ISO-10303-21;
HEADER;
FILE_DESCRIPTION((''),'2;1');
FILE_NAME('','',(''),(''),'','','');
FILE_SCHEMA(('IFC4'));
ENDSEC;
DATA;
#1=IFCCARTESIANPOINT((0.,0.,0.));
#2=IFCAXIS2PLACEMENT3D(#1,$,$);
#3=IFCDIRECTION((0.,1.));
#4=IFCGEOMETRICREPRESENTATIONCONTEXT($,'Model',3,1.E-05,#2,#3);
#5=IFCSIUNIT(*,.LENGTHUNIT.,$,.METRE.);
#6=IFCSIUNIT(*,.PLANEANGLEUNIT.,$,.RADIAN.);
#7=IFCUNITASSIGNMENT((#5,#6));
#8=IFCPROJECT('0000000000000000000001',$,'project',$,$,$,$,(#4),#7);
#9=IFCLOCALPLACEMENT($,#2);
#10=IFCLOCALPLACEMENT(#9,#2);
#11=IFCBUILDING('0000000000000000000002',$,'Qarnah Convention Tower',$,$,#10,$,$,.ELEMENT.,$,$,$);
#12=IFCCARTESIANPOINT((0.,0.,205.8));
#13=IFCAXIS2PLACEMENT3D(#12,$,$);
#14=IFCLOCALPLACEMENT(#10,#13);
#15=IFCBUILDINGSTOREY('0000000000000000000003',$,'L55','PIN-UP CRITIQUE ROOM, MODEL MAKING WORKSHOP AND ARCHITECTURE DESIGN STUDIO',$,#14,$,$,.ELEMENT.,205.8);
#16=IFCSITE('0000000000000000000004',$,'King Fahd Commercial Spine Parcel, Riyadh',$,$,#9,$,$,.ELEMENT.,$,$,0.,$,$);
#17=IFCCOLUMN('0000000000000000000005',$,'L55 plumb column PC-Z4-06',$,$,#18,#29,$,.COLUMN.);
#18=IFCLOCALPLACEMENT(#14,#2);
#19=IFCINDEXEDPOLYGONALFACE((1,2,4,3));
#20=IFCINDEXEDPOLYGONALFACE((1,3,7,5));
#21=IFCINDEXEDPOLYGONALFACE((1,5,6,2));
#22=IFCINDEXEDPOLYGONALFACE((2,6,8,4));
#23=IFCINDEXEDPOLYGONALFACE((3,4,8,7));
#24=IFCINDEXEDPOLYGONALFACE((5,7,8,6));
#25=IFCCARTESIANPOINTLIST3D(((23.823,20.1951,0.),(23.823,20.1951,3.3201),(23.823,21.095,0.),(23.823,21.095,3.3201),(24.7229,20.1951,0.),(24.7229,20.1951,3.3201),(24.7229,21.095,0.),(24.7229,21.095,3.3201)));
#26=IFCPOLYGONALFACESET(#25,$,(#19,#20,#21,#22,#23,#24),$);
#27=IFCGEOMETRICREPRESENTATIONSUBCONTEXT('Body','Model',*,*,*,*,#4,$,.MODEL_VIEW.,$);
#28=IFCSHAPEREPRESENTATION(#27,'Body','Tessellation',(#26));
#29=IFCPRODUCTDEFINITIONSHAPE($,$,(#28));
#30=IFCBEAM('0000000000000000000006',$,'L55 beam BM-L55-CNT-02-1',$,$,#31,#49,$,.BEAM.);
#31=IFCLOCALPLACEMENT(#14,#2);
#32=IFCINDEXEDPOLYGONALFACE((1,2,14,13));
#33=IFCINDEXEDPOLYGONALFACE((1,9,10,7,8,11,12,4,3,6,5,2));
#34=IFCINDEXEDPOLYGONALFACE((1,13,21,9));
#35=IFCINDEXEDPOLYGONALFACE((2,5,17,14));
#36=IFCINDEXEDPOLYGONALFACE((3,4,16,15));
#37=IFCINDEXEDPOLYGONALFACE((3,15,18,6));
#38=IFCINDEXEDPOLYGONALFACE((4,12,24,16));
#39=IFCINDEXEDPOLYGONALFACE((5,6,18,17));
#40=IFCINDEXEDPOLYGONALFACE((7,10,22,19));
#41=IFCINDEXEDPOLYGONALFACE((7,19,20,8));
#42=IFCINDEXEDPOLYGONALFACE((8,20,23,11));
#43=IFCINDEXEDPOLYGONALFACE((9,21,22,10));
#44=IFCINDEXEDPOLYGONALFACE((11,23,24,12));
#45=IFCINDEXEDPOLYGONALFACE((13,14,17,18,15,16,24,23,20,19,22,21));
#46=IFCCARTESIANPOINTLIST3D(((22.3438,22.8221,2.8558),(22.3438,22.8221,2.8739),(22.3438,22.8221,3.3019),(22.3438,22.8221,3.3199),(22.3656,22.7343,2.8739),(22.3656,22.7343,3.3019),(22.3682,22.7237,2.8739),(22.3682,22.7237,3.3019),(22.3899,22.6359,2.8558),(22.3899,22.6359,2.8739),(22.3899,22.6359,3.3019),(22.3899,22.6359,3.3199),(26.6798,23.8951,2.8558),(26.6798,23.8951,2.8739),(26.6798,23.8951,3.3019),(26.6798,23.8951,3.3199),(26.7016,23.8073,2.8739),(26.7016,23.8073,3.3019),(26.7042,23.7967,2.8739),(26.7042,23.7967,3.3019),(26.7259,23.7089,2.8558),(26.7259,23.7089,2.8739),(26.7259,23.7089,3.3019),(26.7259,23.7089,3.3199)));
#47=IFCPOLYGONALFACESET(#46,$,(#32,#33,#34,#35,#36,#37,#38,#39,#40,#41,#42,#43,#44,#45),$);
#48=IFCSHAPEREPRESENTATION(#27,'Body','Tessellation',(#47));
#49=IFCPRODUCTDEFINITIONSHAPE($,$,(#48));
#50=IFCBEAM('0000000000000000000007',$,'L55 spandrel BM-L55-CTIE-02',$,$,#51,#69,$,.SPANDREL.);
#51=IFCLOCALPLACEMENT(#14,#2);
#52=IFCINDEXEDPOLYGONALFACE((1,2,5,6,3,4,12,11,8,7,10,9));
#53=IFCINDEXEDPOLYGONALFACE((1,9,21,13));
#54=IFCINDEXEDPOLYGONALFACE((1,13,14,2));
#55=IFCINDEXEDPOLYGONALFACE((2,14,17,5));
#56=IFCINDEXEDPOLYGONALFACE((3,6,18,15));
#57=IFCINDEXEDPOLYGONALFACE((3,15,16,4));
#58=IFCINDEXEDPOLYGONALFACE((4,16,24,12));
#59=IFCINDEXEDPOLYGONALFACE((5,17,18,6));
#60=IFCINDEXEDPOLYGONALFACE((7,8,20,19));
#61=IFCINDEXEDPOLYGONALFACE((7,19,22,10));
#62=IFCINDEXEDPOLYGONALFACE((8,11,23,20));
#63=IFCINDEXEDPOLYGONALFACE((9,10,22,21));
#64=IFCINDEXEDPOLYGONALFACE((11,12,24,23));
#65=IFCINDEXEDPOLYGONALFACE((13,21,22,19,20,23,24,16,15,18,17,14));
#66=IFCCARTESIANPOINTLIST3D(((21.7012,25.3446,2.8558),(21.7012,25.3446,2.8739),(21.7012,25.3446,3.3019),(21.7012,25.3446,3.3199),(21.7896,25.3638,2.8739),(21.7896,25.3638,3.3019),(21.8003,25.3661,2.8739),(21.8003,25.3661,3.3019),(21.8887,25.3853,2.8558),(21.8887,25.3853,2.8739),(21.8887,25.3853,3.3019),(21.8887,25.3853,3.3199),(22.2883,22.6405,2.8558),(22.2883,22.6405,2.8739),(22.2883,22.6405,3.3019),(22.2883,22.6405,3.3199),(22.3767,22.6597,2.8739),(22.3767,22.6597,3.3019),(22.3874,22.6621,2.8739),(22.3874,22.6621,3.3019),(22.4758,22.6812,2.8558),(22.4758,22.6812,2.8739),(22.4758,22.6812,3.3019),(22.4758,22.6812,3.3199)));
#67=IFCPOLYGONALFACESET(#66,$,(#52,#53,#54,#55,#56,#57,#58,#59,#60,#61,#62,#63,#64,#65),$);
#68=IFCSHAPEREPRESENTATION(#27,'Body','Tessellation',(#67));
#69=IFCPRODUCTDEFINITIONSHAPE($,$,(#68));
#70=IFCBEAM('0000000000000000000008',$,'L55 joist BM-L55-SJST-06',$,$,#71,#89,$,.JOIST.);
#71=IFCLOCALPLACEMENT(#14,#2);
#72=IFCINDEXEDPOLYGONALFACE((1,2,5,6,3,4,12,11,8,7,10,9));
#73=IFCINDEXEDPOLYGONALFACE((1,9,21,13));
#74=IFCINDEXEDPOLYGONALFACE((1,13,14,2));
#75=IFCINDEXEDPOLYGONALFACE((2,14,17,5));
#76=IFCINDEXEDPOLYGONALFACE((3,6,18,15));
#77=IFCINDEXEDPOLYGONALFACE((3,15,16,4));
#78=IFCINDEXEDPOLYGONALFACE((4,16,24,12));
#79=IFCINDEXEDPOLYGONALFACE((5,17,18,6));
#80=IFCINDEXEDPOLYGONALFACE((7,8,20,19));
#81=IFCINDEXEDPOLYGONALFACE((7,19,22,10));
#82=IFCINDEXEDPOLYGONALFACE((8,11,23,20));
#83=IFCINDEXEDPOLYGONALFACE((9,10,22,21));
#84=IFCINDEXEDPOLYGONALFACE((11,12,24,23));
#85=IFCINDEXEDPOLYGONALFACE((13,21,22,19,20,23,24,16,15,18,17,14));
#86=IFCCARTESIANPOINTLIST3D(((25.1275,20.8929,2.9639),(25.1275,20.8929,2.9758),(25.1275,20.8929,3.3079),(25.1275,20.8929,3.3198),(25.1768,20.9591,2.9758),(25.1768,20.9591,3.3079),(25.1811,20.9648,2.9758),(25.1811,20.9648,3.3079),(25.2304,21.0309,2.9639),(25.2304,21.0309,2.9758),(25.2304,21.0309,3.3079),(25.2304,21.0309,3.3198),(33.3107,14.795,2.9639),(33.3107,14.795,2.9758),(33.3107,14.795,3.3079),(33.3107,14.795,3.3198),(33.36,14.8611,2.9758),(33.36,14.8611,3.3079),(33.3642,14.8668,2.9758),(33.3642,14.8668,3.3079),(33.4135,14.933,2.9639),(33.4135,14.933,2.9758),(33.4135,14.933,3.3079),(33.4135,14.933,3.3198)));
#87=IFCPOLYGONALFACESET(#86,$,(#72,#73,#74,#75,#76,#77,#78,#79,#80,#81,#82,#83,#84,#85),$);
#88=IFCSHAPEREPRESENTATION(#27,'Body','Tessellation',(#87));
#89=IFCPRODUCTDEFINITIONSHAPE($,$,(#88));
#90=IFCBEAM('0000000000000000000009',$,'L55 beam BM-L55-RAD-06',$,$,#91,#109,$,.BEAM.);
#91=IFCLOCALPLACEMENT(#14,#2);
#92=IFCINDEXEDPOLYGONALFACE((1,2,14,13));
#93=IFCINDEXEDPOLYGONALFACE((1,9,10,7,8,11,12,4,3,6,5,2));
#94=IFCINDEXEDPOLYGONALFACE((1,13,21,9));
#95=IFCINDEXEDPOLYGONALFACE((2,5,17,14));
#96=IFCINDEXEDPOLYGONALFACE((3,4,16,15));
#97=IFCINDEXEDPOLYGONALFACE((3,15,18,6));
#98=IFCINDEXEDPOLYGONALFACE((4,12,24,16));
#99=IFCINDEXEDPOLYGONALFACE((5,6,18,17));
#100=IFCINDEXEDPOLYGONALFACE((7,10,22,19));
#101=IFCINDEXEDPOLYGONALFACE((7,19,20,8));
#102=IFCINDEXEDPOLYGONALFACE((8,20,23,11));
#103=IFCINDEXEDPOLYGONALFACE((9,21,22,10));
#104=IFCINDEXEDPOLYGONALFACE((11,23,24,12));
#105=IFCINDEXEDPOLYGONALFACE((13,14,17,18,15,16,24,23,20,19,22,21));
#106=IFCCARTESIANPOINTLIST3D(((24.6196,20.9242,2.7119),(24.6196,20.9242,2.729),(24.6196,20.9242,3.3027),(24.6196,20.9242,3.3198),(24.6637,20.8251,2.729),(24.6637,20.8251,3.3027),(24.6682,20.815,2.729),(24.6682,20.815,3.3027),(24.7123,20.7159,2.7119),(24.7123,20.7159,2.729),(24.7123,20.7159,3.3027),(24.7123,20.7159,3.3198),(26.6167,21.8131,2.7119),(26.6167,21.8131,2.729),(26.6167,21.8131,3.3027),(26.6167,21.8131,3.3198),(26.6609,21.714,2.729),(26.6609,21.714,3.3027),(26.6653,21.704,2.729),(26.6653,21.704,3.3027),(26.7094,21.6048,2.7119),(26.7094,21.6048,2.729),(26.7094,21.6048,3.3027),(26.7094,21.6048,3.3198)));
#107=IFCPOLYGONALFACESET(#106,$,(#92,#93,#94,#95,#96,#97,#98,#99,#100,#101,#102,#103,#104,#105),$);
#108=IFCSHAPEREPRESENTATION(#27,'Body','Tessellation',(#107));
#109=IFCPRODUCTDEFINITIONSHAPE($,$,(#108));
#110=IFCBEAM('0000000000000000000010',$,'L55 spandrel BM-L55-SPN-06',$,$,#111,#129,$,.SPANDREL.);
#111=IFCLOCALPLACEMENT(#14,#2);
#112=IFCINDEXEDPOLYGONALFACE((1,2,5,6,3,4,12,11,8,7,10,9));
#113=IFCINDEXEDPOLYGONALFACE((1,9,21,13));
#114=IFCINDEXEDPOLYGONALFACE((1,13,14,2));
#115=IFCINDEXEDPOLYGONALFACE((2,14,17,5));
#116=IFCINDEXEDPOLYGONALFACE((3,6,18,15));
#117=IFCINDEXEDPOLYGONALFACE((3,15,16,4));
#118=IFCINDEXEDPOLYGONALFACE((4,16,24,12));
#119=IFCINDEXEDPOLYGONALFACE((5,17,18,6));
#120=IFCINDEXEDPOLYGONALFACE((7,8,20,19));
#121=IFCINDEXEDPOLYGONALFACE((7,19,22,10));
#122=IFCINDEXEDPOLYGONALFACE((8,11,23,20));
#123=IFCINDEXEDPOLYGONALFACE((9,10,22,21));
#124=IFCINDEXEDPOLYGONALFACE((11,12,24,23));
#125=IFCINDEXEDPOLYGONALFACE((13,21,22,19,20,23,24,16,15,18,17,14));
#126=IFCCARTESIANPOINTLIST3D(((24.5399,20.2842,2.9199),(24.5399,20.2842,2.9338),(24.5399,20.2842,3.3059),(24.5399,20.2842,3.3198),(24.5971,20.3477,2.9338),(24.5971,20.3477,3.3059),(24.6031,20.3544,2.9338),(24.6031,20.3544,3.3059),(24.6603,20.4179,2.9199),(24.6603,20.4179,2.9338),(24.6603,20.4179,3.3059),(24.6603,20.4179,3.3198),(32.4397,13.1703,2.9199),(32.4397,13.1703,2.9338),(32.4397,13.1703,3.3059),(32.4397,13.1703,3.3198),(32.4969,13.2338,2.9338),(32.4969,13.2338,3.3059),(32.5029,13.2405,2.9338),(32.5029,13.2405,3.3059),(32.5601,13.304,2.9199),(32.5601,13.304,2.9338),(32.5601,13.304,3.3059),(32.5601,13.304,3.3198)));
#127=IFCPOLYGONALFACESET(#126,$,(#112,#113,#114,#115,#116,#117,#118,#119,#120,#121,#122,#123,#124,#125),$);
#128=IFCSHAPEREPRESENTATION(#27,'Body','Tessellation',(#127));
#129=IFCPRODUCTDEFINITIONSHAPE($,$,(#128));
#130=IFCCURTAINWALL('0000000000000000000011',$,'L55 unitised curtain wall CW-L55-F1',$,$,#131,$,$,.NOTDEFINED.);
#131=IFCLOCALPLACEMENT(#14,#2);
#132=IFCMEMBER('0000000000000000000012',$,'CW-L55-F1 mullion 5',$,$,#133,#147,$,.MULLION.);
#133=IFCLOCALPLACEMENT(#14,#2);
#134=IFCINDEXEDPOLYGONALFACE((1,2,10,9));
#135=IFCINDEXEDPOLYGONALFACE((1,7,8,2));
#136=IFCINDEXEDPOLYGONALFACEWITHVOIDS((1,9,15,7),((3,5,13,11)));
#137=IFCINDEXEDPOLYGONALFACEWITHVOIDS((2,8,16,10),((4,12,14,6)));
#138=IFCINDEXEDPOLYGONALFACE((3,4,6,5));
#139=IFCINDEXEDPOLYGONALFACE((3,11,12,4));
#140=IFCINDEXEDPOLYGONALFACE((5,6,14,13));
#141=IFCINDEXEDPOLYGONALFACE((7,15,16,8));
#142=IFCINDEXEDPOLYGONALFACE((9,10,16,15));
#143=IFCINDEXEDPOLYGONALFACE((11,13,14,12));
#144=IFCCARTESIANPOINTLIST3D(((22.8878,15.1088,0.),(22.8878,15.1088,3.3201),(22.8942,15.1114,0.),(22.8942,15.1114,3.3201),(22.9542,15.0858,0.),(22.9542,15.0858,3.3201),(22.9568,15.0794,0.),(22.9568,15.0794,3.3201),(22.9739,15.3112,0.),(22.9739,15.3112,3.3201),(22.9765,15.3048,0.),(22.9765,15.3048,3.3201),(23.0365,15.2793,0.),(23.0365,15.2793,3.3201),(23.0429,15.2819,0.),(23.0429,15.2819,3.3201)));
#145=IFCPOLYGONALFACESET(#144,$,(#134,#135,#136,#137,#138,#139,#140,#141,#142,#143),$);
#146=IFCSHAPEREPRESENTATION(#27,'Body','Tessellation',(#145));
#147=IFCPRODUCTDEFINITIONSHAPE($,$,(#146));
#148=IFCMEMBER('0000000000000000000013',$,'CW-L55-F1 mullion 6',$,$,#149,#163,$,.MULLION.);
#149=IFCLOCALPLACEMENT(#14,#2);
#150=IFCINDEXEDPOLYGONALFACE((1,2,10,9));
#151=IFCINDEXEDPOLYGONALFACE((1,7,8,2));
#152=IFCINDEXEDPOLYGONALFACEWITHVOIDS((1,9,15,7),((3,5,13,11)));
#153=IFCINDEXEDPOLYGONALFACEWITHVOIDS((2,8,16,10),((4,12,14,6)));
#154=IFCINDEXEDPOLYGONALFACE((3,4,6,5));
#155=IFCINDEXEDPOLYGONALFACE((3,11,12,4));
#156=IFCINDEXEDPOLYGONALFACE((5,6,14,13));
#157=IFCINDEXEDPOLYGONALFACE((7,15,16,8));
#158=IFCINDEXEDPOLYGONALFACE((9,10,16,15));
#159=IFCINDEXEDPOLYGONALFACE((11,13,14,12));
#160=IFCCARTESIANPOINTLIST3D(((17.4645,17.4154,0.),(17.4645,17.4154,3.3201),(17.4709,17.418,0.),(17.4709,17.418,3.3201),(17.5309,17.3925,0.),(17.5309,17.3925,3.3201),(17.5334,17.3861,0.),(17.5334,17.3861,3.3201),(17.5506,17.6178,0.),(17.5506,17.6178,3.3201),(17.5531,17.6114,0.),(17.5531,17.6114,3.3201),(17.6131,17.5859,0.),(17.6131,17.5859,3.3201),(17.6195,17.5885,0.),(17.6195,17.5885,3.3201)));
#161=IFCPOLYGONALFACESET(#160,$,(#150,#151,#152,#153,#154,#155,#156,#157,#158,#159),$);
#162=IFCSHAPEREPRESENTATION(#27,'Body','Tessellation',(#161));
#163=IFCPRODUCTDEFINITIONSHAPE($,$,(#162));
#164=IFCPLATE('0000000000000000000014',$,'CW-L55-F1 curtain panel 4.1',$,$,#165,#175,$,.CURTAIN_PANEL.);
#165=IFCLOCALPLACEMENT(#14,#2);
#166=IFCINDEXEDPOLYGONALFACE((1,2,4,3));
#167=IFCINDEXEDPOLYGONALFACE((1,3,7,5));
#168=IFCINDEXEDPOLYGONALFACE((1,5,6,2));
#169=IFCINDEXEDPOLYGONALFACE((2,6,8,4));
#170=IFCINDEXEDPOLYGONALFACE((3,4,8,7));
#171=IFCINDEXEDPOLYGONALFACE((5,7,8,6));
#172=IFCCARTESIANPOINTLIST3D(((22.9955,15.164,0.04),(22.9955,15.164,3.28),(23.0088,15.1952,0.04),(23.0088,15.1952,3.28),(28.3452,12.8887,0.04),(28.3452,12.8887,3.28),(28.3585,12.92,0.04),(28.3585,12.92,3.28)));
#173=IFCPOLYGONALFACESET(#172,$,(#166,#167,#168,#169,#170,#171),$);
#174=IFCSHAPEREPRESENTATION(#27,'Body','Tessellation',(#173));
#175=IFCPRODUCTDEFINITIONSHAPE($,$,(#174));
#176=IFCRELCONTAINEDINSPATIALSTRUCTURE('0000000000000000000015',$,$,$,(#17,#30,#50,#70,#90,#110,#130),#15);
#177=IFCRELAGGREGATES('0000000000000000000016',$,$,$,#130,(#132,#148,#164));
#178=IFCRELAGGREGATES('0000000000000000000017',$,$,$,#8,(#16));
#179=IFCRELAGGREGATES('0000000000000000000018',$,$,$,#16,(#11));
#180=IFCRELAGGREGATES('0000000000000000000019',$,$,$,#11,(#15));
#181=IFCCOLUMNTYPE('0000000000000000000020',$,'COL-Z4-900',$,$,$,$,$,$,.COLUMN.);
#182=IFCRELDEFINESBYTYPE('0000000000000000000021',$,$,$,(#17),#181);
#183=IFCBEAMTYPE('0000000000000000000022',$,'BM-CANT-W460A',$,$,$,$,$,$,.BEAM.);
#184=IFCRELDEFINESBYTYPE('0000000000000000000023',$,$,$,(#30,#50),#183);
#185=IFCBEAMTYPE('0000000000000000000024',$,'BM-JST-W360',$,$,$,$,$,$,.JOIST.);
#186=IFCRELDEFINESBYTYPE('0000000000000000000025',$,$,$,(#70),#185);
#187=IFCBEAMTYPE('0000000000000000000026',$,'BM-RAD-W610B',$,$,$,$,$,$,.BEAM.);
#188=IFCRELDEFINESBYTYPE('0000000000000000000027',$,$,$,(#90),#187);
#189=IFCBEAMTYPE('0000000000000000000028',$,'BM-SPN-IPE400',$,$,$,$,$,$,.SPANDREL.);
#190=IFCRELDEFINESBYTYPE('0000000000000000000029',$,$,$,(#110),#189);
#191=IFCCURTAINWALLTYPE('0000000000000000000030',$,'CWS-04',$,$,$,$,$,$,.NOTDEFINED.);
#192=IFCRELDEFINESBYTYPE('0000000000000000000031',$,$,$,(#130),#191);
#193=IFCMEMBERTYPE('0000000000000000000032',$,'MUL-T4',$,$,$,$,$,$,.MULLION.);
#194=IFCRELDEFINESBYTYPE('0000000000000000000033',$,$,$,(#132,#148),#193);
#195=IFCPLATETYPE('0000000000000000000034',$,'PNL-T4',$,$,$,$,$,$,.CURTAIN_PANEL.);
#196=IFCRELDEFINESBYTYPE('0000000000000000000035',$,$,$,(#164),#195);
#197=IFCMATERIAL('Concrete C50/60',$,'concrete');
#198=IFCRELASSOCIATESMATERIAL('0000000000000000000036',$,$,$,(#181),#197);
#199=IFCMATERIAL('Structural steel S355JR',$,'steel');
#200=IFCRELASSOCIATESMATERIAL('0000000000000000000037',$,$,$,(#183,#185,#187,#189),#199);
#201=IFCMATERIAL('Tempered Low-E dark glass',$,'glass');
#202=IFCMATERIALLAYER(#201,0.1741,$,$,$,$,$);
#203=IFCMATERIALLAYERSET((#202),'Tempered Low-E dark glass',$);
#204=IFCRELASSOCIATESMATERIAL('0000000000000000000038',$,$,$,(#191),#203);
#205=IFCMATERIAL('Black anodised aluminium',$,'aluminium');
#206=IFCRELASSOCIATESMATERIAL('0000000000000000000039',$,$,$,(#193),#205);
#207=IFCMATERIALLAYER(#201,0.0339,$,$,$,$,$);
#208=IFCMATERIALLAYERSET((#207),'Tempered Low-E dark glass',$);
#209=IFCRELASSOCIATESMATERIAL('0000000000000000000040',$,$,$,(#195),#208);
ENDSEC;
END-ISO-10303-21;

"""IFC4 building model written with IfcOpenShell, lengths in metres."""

from ifc_helpers import new_model, si_unit, direction, frame, origin, origin_2d, place, context, subcontext, project, spatial, rectangle, hollow_rectangle, i_section, extrude, material, layer, layer_set, material_profile, profile_set, type_object, element, aggregate, save


model = new_model("IFC4")

# Units and contexts
model_context = context("Model", 3, precision=1e-05, world=origin(), true_north=direction((0.0, 1.0)))
body_context = subcontext(model_context, "Body", "Model", "MODEL_VIEW")
ifc_project = project(units=[si_unit("LENGTHUNIT", "METRE"), si_unit("PLANEANGLEUNIT", "RADIAN")], contexts=[model_context])

# Site, building, storey
site_placement = place(None, origin())
site = spatial("IfcSite", under=ifc_project, at=site_placement, Name="King Fahd Commercial Spine Parcel, Riyadh", CompositionType="ELEMENT", RefElevation=0.0)
building_placement = place(site_placement, origin())
building = spatial("IfcBuilding", under=site, at=building_placement, Name="Qarnah Convention Tower", CompositionType="ELEMENT")
storey_placement = place(building_placement, frame((0.0, 0.0, 205.8)))
storey = spatial("IfcBuildingStorey", under=building, at=storey_placement, Name="L55", Description="PIN-UP CRITIQUE ROOM, MODEL MAKING WORKSHOP AND ARCHITECTURE DESIGN STUDIO", CompositionType="ELEMENT", Elevation=205.8)

# Column
ifc_material_1 = material(Name="Concrete C50/60", Category="concrete")
ifc_material_profile_1 = material_profile(ifc_material_1, rectangle(XDim=0.8999, YDim=0.8999, at=origin_2d()), Name="RC-COL-900X900")
ifc_profile_set_1 = profile_set([ifc_material_profile_1], Name="Concrete C50/60")
column_type = type_object("IfcColumnType", Name="COL-Z4-900", PredefinedType="COLUMN", material=ifc_profile_set_1)
column_placement = place(storey_placement, frame((24.2729, 20.645, 0.0), z_axis=(0.0, 0.0, 1.0), x_axis=(1.0, 0.0, 0.0)))
element("IfcColumn", 1, at=column_placement, inside=storey, type_object=column_type, Name="L55 plumb column PC-Z4-06", PredefinedType="COLUMN", context=body_context, shape_type="SweptSolid", body=[
    extrude(rectangle(XDim=0.8999, YDim=0.8999, at=origin_2d()), origin(), (0.0, 0.0, 1.0), 3.3201),
])

# Beams
ifc_material_2 = material(Name="Structural steel S355JR", Category="steel")
ifc_material_profile_2 = material_profile(ifc_material_2, i_section(OverallWidth=0.1919, OverallDepth=0.4641, WebThickness=0.011, FlangeThickness=0.0181, at=origin_2d()), Name="W460X89")
ifc_profile_set_2 = profile_set([ifc_material_profile_2], Name="Structural steel S355JR")
beam_type_1 = type_object("IfcBeamType", Name="BM-CANT-W460A", PredefinedType="BEAM", material=ifc_profile_set_2)
beam_1_placement = place(storey_placement, frame((26.7029, 23.802, 3.0879), z_axis=(-0.970718, -0.24022, 0.0), x_axis=(0.24022, -0.970718, 0.0)))
element("IfcBeam", 2, at=beam_1_placement, inside=storey, type_object=beam_type_1, Name="L55 beam BM-L55-CNT-02-1", PredefinedType="BEAM", context=body_context, shape_type="SweptSolid", body=[
    extrude(i_section(OverallWidth=0.1919, OverallDepth=0.4641, WebThickness=0.011, FlangeThickness=0.0181, at=origin_2d()), origin(), (0.0, 0.0, 1.0), 4.4668),
])
beam_2_placement = place(storey_placement, frame((22.3821, 22.6609, 3.0879), z_axis=(-0.212192, 0.977228, 0.0), x_axis=(-0.977228, -0.212192, 0.0)))
element("IfcBeam", 3, at=beam_2_placement, inside=storey, type_object=beam_type_1, Name="L55 spandrel BM-L55-CTIE-02", PredefinedType="SPANDREL", context=body_context, shape_type="SweptSolid", body=[
    extrude(i_section(OverallWidth=0.1919, OverallDepth=0.4641, WebThickness=0.011, FlangeThickness=0.0181, at=origin_2d()), origin(), (0.0, 0.0, 1.0), 2.7671),
])
ifc_material_profile_3 = material_profile(ifc_material_2, i_section(OverallWidth=0.1721, OverallDepth=0.356, WebThickness=0.0071, FlangeThickness=0.012, at=origin_2d()), Name="W360X51")
ifc_profile_set_3 = profile_set([ifc_material_profile_3], Name="Structural steel S355JR")
beam_type_2 = type_object("IfcBeamType", Name="BM-JST-W360", PredefinedType="JOIST", material=ifc_profile_set_3)
beam_3_placement = place(storey_placement, frame((25.179, 20.9619, 3.1418), z_axis=(0.801851, -0.597524, 0.0), x_axis=(0.597524, 0.801851, 0.0)))
element("IfcBeam", 4, at=beam_3_placement, inside=storey, type_object=beam_type_2, Name="L55 joist BM-L55-SJST-06", PredefinedType="JOIST", context=body_context, shape_type="SweptSolid", body=[
    extrude(i_section(OverallWidth=0.1721, OverallDepth=0.356, WebThickness=0.0071, FlangeThickness=0.012, at=origin_2d()), origin(), (0.0, 0.0, 1.0), 10.2053),
])
ifc_material_profile_4 = material_profile(ifc_material_2, i_section(OverallWidth=0.228, OverallDepth=0.6079, WebThickness=0.011, FlangeThickness=0.0171, at=origin_2d()), Name="W610X113")
ifc_profile_set_4 = profile_set([ifc_material_profile_4], Name="Structural steel S355JR")
beam_type_3 = type_object("IfcBeamType", Name="BM-RAD-W610B", PredefinedType="BEAM", material=ifc_profile_set_4)
beam_4_placement = place(storey_placement, frame((26.6631, 21.709, 3.0159), z_axis=(-0.913586, -0.406646, 0.0), x_axis=(0.406646, -0.913586, 0.0)))
element("IfcBeam", 5, at=beam_4_placement, inside=storey, type_object=beam_type_3, Name="L55 beam BM-L55-RAD-06", PredefinedType="BEAM", context=body_context, shape_type="SweptSolid", body=[
    extrude(i_section(OverallWidth=0.228, OverallDepth=0.6079, WebThickness=0.011, FlangeThickness=0.0171, at=origin_2d()), origin(), (0.0, 0.0, 1.0), 2.186),
])
ifc_material_profile_5 = material_profile(ifc_material_2, i_section(OverallWidth=0.1799, OverallDepth=0.3999, WebThickness=0.009, FlangeThickness=0.0139, at=origin_2d()), Name="IPE400")
ifc_profile_set_5 = profile_set([ifc_material_profile_5], Name="Structural steel S355JR")
beam_type_4 = type_object("IfcBeamType", Name="BM-SPN-IPE400", PredefinedType="SPANDREL", material=ifc_profile_set_5)
beam_5_placement = place(storey_placement, frame((24.6001, 20.3511, 3.1199), z_axis=(0.743102, -0.669178, 0.0), x_axis=(0.669178, 0.743102, 0.0)))
element("IfcBeam", 6, at=beam_5_placement, inside=storey, type_object=beam_type_4, Name="L55 spandrel BM-L55-SPN-06", PredefinedType="SPANDREL", context=body_context, shape_type="SweptSolid", body=[
    extrude(i_section(OverallWidth=0.1799, OverallDepth=0.3999, WebThickness=0.009, FlangeThickness=0.0139, at=origin_2d()), origin(), (0.0, 0.0, 1.0), 10.6309),
])

# Curtain wall, members, plate
ifc_material_3 = material(Name="Tempered Low-E dark glass", Category="glass")
ifc_layer_1 = layer(ifc_material_3, 0.1741)
ifc_layer_set_1 = layer_set([ifc_layer_1], Name="Tempered Low-E dark glass")
curtain_wall_type = type_object("IfcCurtainWallType", Name="CWS-04", PredefinedType="NOTDEFINED", material=ifc_layer_set_1)
curtain_wall_placement = place(storey_placement, origin())
curtain_wall = element("IfcCurtainWall", 7, at=curtain_wall_placement, inside=storey, type_object=curtain_wall_type, Name="L55 unitised curtain wall CW-L55-F1", PredefinedType="NOTDEFINED")
ifc_material_4 = material(Name="Black anodised aluminium", Category="aluminium")
ifc_material_profile_6 = material_profile(ifc_material_4, hollow_rectangle(XDim=0.075, YDim=0.22, WallThickness=0.0049, at=origin_2d()), Name="MUL-75X220")
ifc_profile_set_6 = profile_set([ifc_material_profile_6], Name="Black anodised aluminium")
member_type = type_object("IfcMemberType", Name="MUL-T4", PredefinedType="MULLION", material=ifc_profile_set_6)
member_1_placement = place(storey_placement, frame((22.9653, 15.1953, 0.0), z_axis=(0.0, 0.0, 1.0), x_axis=(-0.92023, 0.391378, 0.0)))
member_1 = element("IfcMember", 8, at=member_1_placement, type_object=member_type, Name="CW-L55-F1 mullion 5", PredefinedType="MULLION", context=body_context, shape_type="SweptSolid", body=[
    extrude(hollow_rectangle(XDim=0.075, YDim=0.22, WallThickness=0.0049, at=origin_2d()), origin(), (0.0, 0.0, 1.0), 3.3201),
])
member_2_placement = place(storey_placement, frame((17.542, 17.502, 0.0), z_axis=(0.0, 0.0, 1.0), x_axis=(-0.92023, 0.391378, 0.0)))
member_2 = element("IfcMember", 9, at=member_2_placement, type_object=member_type, Name="CW-L55-F1 mullion 6", PredefinedType="MULLION", context=body_context, shape_type="SweptSolid", body=[
    extrude(hollow_rectangle(XDim=0.075, YDim=0.22, WallThickness=0.0049, at=origin_2d()), origin(), (0.0, 0.0, 1.0), 3.3201),
])
ifc_layer_2 = layer(ifc_material_3, 0.0339)
ifc_layer_set_2 = layer_set([ifc_layer_2], Name="Tempered Low-E dark glass")
plate_type = type_object("IfcPlateType", Name="PNL-T4", PredefinedType="CURTAIN_PANEL", material=ifc_layer_set_2)
plate_1_placement = place(storey_placement, frame((25.677, 14.042, 0.04), z_axis=(0.0, 0.0, 1.0), x_axis=(-0.92023, 0.391378, 0.0)))
plate_1 = element("IfcPlate", 10, at=plate_1_placement, type_object=plate_type, Name="CW-L55-F1 curtain panel 4.1", PredefinedType="CURTAIN_PANEL", context=body_context, shape_type="SweptSolid", body=[
    extrude(rectangle(XDim=5.8135, YDim=0.0339, at=origin_2d()), origin(), (0.0, 0.0, 1.0), 3.24),
])
aggregate(curtain_wall, [member_1, member_2, plate_1])

save(model, "model.ifc")
